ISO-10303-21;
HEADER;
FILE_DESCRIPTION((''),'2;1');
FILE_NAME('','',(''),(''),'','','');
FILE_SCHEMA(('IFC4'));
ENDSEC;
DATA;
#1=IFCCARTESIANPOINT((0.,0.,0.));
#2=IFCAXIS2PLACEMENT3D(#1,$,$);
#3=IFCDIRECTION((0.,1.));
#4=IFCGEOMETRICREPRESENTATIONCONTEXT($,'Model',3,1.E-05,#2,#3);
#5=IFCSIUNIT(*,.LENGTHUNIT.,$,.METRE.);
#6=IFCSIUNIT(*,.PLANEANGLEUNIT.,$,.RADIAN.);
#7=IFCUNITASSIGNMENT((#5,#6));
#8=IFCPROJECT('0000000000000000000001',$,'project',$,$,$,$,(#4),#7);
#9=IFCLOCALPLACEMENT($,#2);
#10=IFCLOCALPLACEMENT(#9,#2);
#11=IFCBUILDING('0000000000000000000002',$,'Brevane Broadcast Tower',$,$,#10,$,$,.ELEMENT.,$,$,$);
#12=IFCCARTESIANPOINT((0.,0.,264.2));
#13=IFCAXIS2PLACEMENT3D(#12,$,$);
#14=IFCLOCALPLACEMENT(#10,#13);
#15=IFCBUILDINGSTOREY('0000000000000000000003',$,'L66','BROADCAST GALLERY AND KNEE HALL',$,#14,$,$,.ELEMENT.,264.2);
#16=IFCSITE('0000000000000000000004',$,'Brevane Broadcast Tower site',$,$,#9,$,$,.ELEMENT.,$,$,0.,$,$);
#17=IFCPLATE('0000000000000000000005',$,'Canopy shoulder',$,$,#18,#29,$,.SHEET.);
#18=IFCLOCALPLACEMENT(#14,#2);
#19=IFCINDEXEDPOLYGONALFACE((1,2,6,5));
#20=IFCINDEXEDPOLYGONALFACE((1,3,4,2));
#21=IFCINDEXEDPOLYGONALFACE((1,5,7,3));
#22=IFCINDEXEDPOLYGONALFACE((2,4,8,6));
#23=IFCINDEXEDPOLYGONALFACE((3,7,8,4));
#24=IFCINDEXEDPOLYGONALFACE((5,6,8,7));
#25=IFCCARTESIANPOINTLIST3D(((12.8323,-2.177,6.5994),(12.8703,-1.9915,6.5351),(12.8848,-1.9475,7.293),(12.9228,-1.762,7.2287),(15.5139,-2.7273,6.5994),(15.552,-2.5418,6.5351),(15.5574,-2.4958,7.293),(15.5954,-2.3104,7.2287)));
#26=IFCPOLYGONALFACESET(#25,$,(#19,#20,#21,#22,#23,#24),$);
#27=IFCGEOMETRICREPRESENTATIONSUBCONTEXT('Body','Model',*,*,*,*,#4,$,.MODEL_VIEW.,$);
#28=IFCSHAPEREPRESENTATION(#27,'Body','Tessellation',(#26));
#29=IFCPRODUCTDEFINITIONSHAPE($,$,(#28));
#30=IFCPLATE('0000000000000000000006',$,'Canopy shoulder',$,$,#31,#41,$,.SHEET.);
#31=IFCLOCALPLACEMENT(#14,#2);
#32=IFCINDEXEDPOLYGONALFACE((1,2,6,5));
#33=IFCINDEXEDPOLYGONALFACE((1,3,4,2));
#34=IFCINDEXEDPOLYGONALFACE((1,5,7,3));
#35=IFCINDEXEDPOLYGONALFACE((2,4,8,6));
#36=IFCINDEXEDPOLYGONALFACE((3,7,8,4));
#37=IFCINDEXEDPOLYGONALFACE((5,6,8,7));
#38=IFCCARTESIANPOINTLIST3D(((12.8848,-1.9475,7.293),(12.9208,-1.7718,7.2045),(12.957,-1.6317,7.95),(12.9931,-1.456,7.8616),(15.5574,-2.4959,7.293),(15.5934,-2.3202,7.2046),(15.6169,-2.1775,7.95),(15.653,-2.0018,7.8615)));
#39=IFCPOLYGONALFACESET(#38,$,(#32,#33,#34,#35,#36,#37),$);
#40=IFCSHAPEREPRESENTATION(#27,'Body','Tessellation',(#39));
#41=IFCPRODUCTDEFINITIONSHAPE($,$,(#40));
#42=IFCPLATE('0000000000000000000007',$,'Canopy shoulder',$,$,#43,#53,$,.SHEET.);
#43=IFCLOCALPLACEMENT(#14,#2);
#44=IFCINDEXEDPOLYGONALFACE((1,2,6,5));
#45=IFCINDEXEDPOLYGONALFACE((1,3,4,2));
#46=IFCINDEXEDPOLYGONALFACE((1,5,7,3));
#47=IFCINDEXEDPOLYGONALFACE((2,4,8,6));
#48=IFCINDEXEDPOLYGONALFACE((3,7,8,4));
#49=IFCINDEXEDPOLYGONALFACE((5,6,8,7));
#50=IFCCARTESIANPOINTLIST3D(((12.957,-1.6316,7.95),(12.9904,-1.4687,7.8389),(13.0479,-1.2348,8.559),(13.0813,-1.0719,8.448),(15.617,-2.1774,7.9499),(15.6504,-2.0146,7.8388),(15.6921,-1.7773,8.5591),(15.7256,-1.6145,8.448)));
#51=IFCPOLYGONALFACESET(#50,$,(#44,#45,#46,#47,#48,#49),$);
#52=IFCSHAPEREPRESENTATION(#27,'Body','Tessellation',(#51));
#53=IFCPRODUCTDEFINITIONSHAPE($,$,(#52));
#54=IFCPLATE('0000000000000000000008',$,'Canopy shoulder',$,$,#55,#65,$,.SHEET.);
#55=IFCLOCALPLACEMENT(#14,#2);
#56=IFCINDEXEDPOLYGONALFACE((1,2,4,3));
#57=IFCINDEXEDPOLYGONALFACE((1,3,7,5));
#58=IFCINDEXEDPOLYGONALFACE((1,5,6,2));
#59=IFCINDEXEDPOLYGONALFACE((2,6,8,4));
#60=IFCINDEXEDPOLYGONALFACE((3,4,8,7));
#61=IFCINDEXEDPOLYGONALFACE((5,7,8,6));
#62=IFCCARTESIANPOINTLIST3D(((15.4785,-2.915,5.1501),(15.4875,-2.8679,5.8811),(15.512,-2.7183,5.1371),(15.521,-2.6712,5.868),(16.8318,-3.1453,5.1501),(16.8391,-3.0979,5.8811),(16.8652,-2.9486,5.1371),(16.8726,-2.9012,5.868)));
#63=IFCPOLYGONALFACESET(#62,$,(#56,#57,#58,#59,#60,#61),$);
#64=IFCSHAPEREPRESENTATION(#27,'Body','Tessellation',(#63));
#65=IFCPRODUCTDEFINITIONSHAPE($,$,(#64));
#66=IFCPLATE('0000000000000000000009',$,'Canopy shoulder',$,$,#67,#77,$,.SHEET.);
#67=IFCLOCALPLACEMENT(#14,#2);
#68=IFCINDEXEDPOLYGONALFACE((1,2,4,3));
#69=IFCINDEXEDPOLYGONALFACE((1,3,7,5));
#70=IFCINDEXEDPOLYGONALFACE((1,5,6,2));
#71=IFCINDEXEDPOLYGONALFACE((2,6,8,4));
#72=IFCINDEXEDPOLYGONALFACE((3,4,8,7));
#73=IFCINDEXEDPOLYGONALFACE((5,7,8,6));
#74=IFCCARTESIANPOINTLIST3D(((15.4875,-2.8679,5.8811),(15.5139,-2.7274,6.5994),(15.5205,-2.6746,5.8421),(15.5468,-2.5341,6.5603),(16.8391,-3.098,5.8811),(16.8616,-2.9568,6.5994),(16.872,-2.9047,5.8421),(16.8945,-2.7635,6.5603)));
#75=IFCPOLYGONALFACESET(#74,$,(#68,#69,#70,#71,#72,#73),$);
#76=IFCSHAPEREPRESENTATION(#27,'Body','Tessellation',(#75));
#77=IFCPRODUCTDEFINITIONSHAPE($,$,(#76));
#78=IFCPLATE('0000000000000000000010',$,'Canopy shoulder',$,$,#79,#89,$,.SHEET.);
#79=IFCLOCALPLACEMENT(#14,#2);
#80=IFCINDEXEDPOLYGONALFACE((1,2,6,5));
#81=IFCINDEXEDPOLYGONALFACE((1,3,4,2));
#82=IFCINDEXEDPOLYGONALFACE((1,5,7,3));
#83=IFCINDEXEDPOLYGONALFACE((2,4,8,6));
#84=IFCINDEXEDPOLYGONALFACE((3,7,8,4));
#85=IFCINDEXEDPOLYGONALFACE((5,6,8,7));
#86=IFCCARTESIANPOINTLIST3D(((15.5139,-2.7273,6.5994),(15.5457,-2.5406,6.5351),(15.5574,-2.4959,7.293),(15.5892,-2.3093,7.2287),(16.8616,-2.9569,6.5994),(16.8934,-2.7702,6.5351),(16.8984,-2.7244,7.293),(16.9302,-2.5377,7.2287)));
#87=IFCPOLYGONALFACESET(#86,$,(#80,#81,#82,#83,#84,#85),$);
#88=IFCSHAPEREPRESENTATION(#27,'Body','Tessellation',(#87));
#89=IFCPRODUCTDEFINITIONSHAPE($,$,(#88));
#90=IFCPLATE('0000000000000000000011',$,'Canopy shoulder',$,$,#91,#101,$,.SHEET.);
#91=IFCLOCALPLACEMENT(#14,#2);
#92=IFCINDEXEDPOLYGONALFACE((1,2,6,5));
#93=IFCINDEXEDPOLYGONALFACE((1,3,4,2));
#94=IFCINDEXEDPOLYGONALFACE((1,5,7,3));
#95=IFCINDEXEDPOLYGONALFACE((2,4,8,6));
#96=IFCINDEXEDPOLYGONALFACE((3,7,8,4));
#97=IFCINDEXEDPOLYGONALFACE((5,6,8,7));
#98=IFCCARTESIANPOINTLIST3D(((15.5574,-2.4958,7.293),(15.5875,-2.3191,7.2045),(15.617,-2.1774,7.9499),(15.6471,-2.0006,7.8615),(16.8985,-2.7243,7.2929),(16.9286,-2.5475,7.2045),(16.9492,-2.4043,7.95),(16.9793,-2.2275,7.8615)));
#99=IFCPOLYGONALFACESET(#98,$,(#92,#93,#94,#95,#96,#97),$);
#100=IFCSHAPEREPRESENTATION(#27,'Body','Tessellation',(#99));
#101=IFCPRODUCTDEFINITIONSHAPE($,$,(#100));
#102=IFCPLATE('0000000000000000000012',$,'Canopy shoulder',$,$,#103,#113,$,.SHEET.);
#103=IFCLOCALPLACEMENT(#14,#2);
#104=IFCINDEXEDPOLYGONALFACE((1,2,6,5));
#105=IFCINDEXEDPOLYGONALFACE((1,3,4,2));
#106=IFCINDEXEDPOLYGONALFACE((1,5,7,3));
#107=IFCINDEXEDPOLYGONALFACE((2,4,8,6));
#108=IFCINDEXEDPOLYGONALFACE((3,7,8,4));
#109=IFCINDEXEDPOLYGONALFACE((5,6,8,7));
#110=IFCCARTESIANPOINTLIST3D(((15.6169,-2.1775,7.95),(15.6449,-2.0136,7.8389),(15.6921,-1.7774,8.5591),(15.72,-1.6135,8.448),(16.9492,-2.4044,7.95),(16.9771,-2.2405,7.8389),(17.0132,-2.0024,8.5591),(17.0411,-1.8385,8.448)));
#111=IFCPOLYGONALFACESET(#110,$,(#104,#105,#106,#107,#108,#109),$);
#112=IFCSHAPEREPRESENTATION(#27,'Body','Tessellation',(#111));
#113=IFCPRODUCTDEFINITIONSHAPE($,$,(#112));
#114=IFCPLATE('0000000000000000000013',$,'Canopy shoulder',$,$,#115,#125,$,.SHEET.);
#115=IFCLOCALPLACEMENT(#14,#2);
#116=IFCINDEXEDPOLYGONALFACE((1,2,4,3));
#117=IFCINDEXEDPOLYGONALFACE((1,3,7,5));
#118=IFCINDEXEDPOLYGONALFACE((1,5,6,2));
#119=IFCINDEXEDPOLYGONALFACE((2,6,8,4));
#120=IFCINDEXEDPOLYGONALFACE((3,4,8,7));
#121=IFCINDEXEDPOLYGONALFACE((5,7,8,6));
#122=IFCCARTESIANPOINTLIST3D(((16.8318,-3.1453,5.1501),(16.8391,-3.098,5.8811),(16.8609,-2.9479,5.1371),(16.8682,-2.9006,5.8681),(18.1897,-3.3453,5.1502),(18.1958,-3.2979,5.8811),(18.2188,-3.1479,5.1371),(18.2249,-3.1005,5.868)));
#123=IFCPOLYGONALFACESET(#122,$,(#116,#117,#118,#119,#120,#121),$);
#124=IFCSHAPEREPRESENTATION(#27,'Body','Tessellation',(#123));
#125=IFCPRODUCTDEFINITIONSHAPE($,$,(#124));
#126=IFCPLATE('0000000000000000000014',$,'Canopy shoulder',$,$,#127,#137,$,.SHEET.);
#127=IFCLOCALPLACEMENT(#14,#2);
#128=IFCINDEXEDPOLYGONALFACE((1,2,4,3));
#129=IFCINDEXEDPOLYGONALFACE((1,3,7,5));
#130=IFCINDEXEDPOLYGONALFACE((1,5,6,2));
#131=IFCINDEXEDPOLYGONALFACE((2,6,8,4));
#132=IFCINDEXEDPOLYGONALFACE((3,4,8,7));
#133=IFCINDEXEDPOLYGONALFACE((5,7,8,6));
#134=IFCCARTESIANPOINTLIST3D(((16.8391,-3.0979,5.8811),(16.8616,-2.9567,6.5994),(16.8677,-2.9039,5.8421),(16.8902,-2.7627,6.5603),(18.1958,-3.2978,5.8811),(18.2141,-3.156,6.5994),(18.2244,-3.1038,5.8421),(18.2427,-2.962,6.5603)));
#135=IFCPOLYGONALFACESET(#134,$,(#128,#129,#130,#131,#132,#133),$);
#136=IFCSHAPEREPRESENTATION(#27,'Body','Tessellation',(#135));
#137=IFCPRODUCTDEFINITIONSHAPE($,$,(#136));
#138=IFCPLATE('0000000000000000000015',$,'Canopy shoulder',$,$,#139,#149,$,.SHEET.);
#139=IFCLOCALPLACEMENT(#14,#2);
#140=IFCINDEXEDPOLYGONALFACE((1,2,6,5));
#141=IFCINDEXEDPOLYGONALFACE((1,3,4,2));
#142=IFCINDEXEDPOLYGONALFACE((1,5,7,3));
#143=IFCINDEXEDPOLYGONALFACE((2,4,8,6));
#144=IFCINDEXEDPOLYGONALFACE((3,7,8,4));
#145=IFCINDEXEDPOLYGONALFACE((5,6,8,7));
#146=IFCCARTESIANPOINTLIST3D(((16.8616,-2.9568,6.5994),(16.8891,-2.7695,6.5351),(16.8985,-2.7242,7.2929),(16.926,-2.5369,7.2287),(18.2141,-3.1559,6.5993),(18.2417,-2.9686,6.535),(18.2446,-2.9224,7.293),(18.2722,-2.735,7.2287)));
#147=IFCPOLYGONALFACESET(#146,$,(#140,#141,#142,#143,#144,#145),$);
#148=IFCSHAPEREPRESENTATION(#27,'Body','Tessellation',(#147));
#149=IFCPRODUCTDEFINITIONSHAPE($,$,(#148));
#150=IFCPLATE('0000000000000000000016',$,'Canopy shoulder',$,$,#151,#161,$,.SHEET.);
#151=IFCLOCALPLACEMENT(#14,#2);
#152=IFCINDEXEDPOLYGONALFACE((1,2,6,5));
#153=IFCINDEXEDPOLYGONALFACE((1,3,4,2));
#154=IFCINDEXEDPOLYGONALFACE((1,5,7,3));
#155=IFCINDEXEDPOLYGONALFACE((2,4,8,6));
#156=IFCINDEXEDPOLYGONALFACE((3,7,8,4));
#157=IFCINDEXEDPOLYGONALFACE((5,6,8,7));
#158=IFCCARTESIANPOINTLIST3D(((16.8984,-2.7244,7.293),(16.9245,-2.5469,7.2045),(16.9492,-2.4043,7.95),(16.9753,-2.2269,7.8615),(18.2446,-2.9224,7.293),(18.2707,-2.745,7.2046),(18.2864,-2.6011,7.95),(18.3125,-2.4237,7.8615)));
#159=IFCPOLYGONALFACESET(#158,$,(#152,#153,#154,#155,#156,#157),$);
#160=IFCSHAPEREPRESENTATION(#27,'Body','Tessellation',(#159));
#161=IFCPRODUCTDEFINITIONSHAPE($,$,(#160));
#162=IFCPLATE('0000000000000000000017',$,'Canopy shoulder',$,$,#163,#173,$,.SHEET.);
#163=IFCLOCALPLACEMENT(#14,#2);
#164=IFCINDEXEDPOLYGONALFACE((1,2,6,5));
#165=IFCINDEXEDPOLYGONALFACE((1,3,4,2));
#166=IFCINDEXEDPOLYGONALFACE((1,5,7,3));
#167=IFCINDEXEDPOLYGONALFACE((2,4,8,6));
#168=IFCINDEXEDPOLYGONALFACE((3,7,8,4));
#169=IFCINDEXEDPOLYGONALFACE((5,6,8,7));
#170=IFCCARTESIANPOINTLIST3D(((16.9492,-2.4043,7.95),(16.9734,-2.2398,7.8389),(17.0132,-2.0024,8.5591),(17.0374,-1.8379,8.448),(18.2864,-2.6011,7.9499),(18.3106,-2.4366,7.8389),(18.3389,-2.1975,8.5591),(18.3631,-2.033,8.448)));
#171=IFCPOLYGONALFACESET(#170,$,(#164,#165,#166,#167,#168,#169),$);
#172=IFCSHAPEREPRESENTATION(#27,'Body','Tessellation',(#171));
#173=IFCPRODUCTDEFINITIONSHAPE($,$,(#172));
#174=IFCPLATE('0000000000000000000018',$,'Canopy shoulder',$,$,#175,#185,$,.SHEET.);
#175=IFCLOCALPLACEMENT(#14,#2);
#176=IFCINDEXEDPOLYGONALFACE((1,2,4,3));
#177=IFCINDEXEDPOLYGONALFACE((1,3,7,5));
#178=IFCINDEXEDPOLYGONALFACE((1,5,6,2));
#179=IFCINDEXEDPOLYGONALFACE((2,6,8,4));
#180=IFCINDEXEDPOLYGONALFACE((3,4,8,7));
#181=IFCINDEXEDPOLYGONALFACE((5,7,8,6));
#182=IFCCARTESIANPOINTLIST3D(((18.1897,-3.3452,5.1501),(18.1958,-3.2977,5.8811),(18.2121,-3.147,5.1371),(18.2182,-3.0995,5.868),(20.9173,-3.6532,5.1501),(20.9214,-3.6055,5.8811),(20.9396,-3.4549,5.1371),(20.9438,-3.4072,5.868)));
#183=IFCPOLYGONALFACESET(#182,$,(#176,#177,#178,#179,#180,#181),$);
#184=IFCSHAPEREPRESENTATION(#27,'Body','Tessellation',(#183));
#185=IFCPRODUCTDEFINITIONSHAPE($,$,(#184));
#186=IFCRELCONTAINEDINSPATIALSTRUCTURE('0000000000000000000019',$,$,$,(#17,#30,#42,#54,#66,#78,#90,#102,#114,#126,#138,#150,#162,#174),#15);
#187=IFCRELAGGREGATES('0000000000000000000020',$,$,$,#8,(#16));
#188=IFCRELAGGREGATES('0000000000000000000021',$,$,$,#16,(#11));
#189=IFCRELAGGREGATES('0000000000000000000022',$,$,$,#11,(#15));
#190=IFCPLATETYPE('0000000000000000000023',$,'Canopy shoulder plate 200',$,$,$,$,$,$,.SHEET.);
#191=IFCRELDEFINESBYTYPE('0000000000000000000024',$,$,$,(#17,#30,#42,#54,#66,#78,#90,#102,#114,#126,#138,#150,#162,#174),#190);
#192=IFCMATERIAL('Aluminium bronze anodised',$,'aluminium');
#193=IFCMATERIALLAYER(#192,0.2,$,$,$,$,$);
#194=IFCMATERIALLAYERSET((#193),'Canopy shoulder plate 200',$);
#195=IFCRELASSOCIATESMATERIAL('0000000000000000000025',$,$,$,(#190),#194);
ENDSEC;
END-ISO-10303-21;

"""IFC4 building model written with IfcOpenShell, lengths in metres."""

from ifc_helpers import new_model, si_unit, direction, frame, origin, place, context, subcontext, project, spatial, polyline, outline, extrude, material, layer, layer_set, type_object, element, save


model = new_model("IFC4")

# Units and contexts
model_context = context("Model", 3, precision=1e-05, world=origin(), true_north=direction((0.0, 1.0)))
body_context = subcontext(model_context, "Body", "Model", "MODEL_VIEW")
ifc_project = project(units=[si_unit("LENGTHUNIT", "METRE"), si_unit("PLANEANGLEUNIT", "RADIAN")], contexts=[model_context])

# Site, building, storey
site_placement = place(None, origin())
site = spatial("IfcSite", under=ifc_project, at=site_placement, Name="Brevane Broadcast Tower site", CompositionType="ELEMENT", RefElevation=0.0)
building_placement = place(site_placement, origin())
building = spatial("IfcBuilding", under=site, at=building_placement, Name="Brevane Broadcast Tower", CompositionType="ELEMENT")
storey_placement = place(building_placement, frame((0.0, 0.0, 264.2)))
storey = spatial("IfcBuildingStorey", under=building, at=storey_placement, Name="L66", Description="BROADCAST GALLERY AND KNEE HALL", CompositionType="ELEMENT", Elevation=264.2)

# Plates
ifc_material_1 = material(Name="Aluminium bronze anodised", Category="aluminium")
ifc_layer_1 = layer(ifc_material_1, 0.2)
ifc_layer_set_1 = layer_set([ifc_layer_1], Name="Canopy shoulder plate 200")
plate_type = type_object("IfcPlateType", Name="Canopy shoulder plate 200", PredefinedType="SHEET", material=ifc_layer_set_1)
plate_1_placement = place(storey_placement, frame((12.8323, -2.177, 6.5994), z_axis=(-0.190337, -0.92762, 0.321392), x_axis=(0.979591, -0.201003, -0.000005)))
element("IfcPlate", 1, at=plate_1_placement, inside=storey, type_object=plate_type, Name="Canopy shoulder", PredefinedType="SHEET", context=body_context, shape_type="SweptSolid", body=[
    extrude(outline(polyline([(0.0, 0.0), (2.7375, 0.0), (2.7336, 0.7325), (0.0053, 0.7324), (0.0, 0.0)])), origin(), (0.0, 0.0, -1.0), 0.2),
])
plate_2_placement = place(storey_placement, frame((12.8848, -1.9475, 7.293), z_axis=(-0.180291, -0.878605, 0.44221), x_axis=(0.97959, -0.201007, 0.000012)))
element("IfcPlate", 2, at=plate_2_placement, inside=storey, type_object=plate_type, Name="Canopy shoulder", PredefinedType="SHEET", context=body_context, shape_type="SweptSolid", body=[
    extrude(outline(polyline([(0.0, 0.0), (2.7283, 0.0), (2.7226, 0.7325), (0.0073, 0.7325), (0.0, 0.0)])), origin(), (0.0, 0.0, -1.0), 0.2),
])
plate_3_placement = place(storey_placement, frame((12.957, -1.6316, 7.95), z_axis=(-0.167131, -0.814511, 0.555553), x_axis=(0.979588, -0.201016, -0.000018)))
element("IfcPlate", 3, at=plate_3_placement, inside=storey, type_object=plate_type, Name="Canopy shoulder", PredefinedType="SHEET", context=body_context, shape_type="SweptSolid", body=[
    extrude(outline(polyline([(0.0, 0.0), (2.7154, 0.0), (2.7086, 0.7326), (0.0092, 0.7325), (0.0, 0.0)])), origin(), (0.0, 0.0, -1.0), 0.2),
])
plate_4_placement = place(storey_placement, frame((15.4785, -2.915, 5.1501), z_axis=(-0.167372, -0.983719, 0.06545), x_axis=(0.985833, -0.167731, 0.000001)))
element("IfcPlate", 4, at=plate_4_placement, inside=storey, type_object=plate_type, Name="Canopy shoulder", PredefinedType="SHEET", context=body_context, shape_type="SweptSolid", body=[
    extrude(outline(polyline([(0.0, 0.0), (1.3727, 0.0), (1.372, 0.7325), (0.001, 0.7325), (0.0, 0.0)])), origin(), (0.0, 0.0, -1.0), 0.2),
])
plate_5_placement = place(storey_placement, frame((15.4875, -2.8679, 5.8811), z_axis=(-0.164582, -0.966852, 0.195218), x_axis=(0.98582, -0.167808, 0.000012)))
element("IfcPlate", 5, at=plate_5_placement, inside=storey, type_object=plate_type, Name="Canopy shoulder", PredefinedType="SHEET", context=body_context, shape_type="SweptSolid", body=[
    extrude(outline(polyline([(0.0, 0.0), (1.371, 0.0), (1.3695, 0.7323), (0.0024, 0.7324), (0.0, 0.0)])), origin(), (0.0, 0.0, -1.0), 0.2),
])
plate_6_placement = place(storey_placement, frame((15.5139, -2.7273, 6.5994), z_axis=(-0.159018, -0.933509, 0.321363), x_axis=(0.985801, -0.16792, 0.000016)))
element("IfcPlate", 6, at=plate_6_placement, inside=storey, type_object=plate_type, Name="Canopy shoulder", PredefinedType="SHEET", context=body_context, shape_type="SweptSolid", body=[
    extrude(outline(polyline([(0.0, 0.0), (1.3671, 0.0), (1.3644, 0.7324), (0.004, 0.7325), (0.0, 0.0)])), origin(), (0.0, 0.0, -1.0), 0.2),
])
plate_7_placement = place(storey_placement, frame((15.5574, -2.4958, 7.293), z_axis=(-0.15059, -0.884163, 0.442243), x_axis=(0.985801, -0.167917, -0.00003)))
element("IfcPlate", 7, at=plate_7_placement, inside=storey, type_object=plate_type, Name="Canopy shoulder", PredefinedType="SHEET", context=body_context, shape_type="SweptSolid", body=[
    extrude(outline(polyline([(0.0, 0.0), (1.3604, 0.0), (1.3567, 0.7326), (0.0052, 0.7325), (0.0, 0.0)])), origin(), (0.0, 0.0, -1.0), 0.2),
])
plate_8_placement = place(storey_placement, frame((15.6169, -2.1775, 7.95), z_axis=(-0.139605, -0.819677, 0.555554), x_axis=(0.985808, -0.167876, 0.000034)))
element("IfcPlate", 8, at=plate_8_placement, inside=storey, type_object=plate_type, Name="Canopy shoulder", PredefinedType="SHEET", context=body_context, shape_type="SweptSolid", body=[
    extrude(outline(polyline([(0.0, 0.0), (1.3514, 0.0), (1.3471, 0.7325), (0.007, 0.7326), (0.0, 0.0)])), origin(), (0.0, 0.0, -1.0), 0.2),
])
plate_9_placement = place(storey_placement, frame((16.8318, -3.1453, 5.1501), z_axis=(-0.145431, -0.987211, 0.065303), x_axis=(0.989323, -0.145742, 0.000004)))
element("IfcPlate", 9, at=plate_9_placement, inside=storey, type_object=plate_type, Name="Canopy shoulder", PredefinedType="SHEET", context=body_context, shape_type="SweptSolid", body=[
    extrude(outline(polyline([(0.0, 0.0), (1.3726, 0.0), (1.3717, 0.7325), (0.0003, 0.7325), (0.0, 0.0)])), origin(), (0.0, 0.0, -1.0), 0.2),
])
plate_10_placement = place(storey_placement, frame((16.8391, -3.0979, 5.8811), z_axis=(-0.14296, -0.970292, 0.195181), x_axis=(0.989319, -0.145765, -0.000008)))
element("IfcPlate", 10, at=plate_10_placement, inside=storey, type_object=plate_type, Name="Canopy shoulder", PredefinedType="SHEET", context=body_context, shape_type="SweptSolid", body=[
    extrude(outline(polyline([(0.0, 0.0), (1.3713, 0.0), (1.3688, 0.7324), (0.0016, 0.7323), (0.0, 0.0)])), origin(), (0.0, 0.0, -1.0), 0.2),
])
plate_11_placement = place(storey_placement, frame((16.8616, -2.9568, 6.5994), z_axis=(-0.137889, -0.936834, 0.321449), x_axis=(0.989339, -0.145628, -0.000032)))
element("IfcPlate", 11, at=plate_11_placement, inside=storey, type_object=plate_type, Name="Canopy shoulder", PredefinedType="SHEET", context=body_context, shape_type="SweptSolid", body=[
    extrude(outline(polyline([(0.0, 0.0), (1.3671, 0.0), (1.3633, 0.7325), (0.0026, 0.7324), (0.0, 0.0)])), origin(), (0.0, 0.0, -1.0), 0.2),
])
plate_12_placement = place(storey_placement, frame((16.8984, -2.7244, 7.293), z_axis=(-0.130542, -0.887316, 0.442299), x_axis=(0.989351, -0.145546, 0.000016)))
element("IfcPlate", 12, at=plate_12_placement, inside=storey, type_object=plate_type, Name="Canopy shoulder", PredefinedType="SHEET", context=body_context, shape_type="SweptSolid", body=[
    extrude(outline(polyline([(0.0, 0.0), (1.3607, 0.0), (1.3552, 0.7325), (0.0037, 0.7326), (0.0, 0.0)])), origin(), (0.0, 0.0, -1.0), 0.2),
])
plate_13_placement = place(storey_placement, frame((16.9492, -2.4043, 7.95), z_axis=(-0.12106, -0.822681, 0.555465), x_axis=(0.989345, -0.145588, -0.000003)))
element("IfcPlate", 13, at=plate_13_placement, inside=storey, type_object=plate_type, Name="Canopy shoulder", PredefinedType="SHEET", context=body_context, shape_type="SweptSolid", body=[
    extrude(outline(polyline([(0.0, 0.0), (1.3516, 0.0), (1.3447, 0.7325), (0.0048, 0.7325), (0.0, 0.0)])), origin(), (0.0, 0.0, -1.0), 0.2),
])
plate_14_placement = place(storey_placement, frame((18.1897, -3.3452, 5.1501), z_axis=(-0.111959, -0.991561, 0.065366), x_axis=(0.993686, -0.112199, -0.000003)))
element("IfcPlate", 14, at=plate_14_placement, inside=storey, type_object=plate_type, Name="Canopy shoulder", PredefinedType="SHEET", context=body_context, shape_type="SweptSolid", body=[
    extrude(outline(polyline([(0.0, 0.0), (2.7449, 0.0), (2.7436, 0.7325), (0.0007, 0.7325), (0.0, 0.0)])), origin(), (0.0, 0.0, -1.0), 0.2),
])

save(model, "model.ifc")
